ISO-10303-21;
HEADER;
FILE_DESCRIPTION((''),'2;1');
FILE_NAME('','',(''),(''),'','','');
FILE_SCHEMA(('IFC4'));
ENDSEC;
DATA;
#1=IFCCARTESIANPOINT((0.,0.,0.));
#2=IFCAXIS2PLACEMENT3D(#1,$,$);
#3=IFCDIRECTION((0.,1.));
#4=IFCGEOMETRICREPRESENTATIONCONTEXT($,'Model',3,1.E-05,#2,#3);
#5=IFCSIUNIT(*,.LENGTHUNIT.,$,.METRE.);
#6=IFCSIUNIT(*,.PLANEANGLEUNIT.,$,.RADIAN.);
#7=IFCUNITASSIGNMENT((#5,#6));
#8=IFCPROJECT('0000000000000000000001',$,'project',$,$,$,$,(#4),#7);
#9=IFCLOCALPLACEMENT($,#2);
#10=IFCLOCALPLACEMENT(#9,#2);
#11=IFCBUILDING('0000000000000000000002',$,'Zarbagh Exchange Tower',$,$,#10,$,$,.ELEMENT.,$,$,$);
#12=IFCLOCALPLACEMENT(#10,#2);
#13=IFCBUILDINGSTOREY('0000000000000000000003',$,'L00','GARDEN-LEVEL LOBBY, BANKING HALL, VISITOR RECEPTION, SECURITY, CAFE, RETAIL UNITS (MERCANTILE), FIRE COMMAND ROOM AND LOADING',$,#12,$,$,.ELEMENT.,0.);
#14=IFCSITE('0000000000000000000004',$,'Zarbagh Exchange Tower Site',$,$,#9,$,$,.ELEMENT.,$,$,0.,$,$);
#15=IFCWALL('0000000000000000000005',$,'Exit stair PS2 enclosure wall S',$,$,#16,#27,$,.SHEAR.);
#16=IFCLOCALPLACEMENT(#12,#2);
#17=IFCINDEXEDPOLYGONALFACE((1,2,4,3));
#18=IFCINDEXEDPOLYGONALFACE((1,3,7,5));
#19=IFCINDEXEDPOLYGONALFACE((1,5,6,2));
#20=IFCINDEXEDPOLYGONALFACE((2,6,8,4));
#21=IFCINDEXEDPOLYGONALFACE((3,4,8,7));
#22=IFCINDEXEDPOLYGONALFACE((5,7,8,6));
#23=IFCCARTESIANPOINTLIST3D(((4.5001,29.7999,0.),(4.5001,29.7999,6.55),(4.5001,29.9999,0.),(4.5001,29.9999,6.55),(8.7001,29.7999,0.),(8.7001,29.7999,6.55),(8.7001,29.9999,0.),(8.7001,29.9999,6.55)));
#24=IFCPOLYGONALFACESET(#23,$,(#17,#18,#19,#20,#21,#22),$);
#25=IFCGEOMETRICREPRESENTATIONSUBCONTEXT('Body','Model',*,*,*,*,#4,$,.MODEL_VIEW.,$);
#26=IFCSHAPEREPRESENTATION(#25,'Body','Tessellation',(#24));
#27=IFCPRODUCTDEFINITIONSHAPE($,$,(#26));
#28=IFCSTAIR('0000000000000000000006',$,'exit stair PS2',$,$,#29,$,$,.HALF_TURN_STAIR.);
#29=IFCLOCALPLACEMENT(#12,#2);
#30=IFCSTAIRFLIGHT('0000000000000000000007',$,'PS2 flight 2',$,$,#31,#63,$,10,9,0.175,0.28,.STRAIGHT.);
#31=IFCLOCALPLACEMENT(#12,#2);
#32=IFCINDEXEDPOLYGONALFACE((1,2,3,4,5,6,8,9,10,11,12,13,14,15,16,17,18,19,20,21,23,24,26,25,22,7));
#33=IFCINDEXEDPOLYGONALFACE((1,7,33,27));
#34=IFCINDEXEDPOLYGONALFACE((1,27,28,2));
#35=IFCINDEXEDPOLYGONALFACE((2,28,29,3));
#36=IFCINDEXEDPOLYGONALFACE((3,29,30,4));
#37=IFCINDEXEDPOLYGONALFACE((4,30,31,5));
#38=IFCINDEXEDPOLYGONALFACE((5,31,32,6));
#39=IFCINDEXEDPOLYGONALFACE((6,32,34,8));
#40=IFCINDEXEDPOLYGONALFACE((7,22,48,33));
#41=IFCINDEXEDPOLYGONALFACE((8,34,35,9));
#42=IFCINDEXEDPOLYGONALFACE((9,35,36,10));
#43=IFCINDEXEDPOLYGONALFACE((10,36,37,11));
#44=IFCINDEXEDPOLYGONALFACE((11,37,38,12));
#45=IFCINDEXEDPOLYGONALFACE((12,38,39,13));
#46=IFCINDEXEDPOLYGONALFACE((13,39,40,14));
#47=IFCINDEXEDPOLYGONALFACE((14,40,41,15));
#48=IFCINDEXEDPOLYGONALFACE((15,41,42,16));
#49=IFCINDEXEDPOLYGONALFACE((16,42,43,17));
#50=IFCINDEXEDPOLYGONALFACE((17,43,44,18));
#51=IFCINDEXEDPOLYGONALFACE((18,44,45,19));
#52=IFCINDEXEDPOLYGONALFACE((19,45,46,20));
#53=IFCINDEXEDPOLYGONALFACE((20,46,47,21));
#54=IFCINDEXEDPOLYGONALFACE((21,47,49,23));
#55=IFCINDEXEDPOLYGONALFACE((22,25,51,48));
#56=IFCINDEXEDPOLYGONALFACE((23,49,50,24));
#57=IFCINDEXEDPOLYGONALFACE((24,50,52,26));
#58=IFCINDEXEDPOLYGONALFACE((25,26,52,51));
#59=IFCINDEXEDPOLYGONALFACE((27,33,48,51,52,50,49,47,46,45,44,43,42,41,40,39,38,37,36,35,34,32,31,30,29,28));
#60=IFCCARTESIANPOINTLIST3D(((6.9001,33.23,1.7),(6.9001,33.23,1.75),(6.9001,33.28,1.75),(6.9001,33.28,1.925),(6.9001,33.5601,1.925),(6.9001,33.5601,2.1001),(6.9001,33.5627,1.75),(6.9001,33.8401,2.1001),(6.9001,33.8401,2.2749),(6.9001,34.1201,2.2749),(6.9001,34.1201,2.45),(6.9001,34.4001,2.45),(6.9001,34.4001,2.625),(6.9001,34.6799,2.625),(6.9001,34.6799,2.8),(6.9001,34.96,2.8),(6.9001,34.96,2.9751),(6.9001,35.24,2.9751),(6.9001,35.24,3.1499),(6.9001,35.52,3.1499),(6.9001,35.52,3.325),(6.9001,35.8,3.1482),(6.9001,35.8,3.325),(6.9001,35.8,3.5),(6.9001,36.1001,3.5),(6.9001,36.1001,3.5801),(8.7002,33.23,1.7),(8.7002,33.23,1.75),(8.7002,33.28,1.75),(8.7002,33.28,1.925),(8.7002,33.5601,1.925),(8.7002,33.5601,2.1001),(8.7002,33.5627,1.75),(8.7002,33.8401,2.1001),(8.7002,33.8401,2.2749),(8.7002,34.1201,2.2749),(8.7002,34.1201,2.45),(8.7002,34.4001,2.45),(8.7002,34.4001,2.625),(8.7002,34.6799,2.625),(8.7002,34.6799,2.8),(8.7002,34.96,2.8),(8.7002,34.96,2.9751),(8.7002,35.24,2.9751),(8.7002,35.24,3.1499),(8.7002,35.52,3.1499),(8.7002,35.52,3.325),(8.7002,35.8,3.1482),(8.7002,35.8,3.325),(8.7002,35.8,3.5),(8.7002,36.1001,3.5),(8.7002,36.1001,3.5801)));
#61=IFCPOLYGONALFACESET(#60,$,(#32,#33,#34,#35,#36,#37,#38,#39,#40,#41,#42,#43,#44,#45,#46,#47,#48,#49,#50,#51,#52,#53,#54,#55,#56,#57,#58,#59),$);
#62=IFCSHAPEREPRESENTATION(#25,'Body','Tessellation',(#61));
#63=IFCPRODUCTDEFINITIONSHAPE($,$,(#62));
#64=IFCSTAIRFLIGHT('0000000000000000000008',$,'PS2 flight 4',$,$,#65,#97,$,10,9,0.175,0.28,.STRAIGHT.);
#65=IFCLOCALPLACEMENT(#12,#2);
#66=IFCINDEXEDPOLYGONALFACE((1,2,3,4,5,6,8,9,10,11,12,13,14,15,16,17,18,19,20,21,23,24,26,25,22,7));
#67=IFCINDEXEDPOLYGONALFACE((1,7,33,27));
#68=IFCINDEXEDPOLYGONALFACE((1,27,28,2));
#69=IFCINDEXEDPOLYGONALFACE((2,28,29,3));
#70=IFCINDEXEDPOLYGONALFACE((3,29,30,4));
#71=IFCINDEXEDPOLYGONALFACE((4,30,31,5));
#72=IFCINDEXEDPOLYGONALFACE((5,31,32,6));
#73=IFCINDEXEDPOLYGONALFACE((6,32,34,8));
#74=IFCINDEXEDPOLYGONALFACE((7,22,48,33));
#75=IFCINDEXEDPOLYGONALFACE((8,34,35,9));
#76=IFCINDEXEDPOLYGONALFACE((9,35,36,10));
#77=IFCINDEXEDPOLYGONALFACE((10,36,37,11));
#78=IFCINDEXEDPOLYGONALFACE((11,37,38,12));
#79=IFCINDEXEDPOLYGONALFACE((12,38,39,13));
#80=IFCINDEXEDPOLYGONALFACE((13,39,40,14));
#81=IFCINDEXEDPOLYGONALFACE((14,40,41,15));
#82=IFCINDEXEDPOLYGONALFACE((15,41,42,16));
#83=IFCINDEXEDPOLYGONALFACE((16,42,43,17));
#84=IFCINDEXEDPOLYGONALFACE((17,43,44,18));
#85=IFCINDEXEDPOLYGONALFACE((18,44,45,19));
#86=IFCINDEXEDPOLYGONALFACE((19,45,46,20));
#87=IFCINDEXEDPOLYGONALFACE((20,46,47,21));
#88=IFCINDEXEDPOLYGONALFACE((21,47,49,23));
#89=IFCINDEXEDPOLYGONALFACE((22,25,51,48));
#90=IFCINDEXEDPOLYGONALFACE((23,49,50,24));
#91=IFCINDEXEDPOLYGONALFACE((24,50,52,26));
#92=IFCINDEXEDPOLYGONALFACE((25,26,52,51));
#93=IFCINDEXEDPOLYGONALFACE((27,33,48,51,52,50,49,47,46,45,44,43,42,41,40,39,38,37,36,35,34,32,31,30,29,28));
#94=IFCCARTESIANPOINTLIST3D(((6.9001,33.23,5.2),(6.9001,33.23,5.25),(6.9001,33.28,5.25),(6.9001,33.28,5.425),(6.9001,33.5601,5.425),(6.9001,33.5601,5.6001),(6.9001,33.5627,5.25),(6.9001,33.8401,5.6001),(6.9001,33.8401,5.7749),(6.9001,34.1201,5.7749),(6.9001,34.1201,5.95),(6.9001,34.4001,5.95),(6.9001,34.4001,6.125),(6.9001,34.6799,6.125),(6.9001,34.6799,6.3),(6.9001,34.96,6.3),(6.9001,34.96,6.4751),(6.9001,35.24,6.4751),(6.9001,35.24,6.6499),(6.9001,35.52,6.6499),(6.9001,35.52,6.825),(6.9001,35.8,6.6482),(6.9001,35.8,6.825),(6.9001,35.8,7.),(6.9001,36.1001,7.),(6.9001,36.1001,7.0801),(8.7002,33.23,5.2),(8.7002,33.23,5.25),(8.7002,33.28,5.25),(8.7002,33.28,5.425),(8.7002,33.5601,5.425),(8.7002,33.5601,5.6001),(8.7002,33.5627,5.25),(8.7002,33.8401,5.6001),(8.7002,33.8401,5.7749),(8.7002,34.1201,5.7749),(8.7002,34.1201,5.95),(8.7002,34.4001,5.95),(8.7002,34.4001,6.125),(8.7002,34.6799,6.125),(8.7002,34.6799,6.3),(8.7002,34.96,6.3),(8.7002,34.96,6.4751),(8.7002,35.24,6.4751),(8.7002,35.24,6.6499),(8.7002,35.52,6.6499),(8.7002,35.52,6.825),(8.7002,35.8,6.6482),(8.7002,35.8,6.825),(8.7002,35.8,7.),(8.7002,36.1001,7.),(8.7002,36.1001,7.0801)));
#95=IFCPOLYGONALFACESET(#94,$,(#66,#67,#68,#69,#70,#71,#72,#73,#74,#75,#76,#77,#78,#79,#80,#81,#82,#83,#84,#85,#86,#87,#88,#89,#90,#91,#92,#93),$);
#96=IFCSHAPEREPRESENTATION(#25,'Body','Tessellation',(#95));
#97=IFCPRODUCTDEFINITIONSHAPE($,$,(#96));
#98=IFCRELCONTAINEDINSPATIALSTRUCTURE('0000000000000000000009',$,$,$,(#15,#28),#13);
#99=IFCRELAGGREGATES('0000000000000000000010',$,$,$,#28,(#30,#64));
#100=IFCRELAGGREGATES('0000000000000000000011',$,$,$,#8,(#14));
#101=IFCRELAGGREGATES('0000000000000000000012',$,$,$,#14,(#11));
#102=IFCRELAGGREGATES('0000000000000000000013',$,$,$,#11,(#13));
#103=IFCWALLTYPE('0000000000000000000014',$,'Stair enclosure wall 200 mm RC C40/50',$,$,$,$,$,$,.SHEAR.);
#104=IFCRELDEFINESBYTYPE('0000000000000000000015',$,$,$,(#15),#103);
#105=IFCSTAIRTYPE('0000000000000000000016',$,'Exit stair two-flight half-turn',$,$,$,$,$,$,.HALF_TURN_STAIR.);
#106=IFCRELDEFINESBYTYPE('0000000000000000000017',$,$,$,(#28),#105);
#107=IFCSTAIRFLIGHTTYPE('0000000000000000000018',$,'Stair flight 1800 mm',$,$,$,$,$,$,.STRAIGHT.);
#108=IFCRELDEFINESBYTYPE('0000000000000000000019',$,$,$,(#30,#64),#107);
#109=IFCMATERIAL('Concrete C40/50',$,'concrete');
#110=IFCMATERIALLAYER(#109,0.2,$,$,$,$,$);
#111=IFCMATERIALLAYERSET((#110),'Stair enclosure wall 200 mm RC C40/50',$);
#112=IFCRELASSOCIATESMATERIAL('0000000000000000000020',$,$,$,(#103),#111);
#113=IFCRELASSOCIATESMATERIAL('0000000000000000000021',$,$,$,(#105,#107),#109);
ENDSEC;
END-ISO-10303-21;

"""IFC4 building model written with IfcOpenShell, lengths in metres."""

from ifc_helpers import new_model, si_unit, direction, frame, frame_2d, origin, place, context, subcontext, project, spatial, polyline, rectangle, outline, extrude, material, layer, layer_set, type_object, element, aggregate, save


model = new_model("IFC4")

# Units and contexts
model_context = context("Model", 3, precision=1e-05, world=origin(), true_north=direction((0.0, 1.0)))
body_context = subcontext(model_context, "Body", "Model", "MODEL_VIEW")
ifc_project = project(units=[si_unit("LENGTHUNIT", "METRE"), si_unit("PLANEANGLEUNIT", "RADIAN")], contexts=[model_context])

# Site, building, storey
site_placement = place(None, origin())
site = spatial("IfcSite", under=ifc_project, at=site_placement, Name="Zarbagh Exchange Tower Site", CompositionType="ELEMENT", RefElevation=0.0)
building_placement = place(site_placement, origin())
building = spatial("IfcBuilding", under=site, at=building_placement, Name="Zarbagh Exchange Tower", CompositionType="ELEMENT")
storey_placement = place(building_placement, origin())
storey = spatial("IfcBuildingStorey", under=building, at=storey_placement, Name="L00", Description="GARDEN-LEVEL LOBBY, BANKING HALL, VISITOR RECEPTION, SECURITY, CAFE, RETAIL UNITS (MERCANTILE), FIRE COMMAND ROOM AND LOADING", CompositionType="ELEMENT", Elevation=0.0)

# Shared definitions
ifc_material_1 = material(Name="Concrete C40/50", Category="concrete")
ifc_layer_1 = layer(ifc_material_1, 0.2)
ifc_layer_set_1 = layer_set([ifc_layer_1], Name="Stair enclosure wall 200 mm RC C40/50")
wall_type_1 = type_object("IfcWallType", Name="Stair enclosure wall 200 mm RC C40/50", PredefinedType="SHEAR", material=ifc_layer_set_1)

# Wall
wall_1_placement = place(storey_placement, frame((4.5, 29.8999, 0.0), z_axis=(0.0, 0.0, 1.0), x_axis=(1.0, 0.0, 0.0)))
element("IfcWall", 1, at=wall_1_placement, inside=storey, type_object=wall_type_1, Name="Exit stair PS2 enclosure wall S", PredefinedType="SHEAR", context=body_context, shape_type="SweptSolid", body=[
    extrude(rectangle(XDim=4.2, YDim=0.2, at=frame_2d((2.1001, 0.0))), origin(), (0.0, 0.0, 1.0), 6.55),
])

# Stair, stair flights
stair_type = type_object("IfcStairType", Name="Exit stair two-flight half-turn", PredefinedType="HALF_TURN_STAIR", material=ifc_material_1)
stair_placement = place(storey_placement, origin())
stair = element("IfcStair", 2, at=stair_placement, inside=storey, type_object=stair_type, Name="exit stair PS2", PredefinedType="HALF_TURN_STAIR")
stair_flight_type = type_object("IfcStairFlightType", Name="Stair flight 1800 mm", PredefinedType="STRAIGHT", material=ifc_material_1)
stair_flight_1_placement = place(storey_placement, frame((7.8, 33.28, 1.75), z_axis=(0.0, 0.0, 1.0), x_axis=(0.0, 1.0, 0.0)))
stair_flight_1 = element("IfcStairFlight", 3, at=stair_flight_1_placement, type_object=stair_flight_type, Name="PS2 flight 2", NumberOfRisers=10, NumberOfTreads=9, PredefinedType="STRAIGHT", RiserHeight=0.175, TreadLength=0.28, context=body_context, shape_type="SweptSolid", body=[
    extrude(outline(polyline([(-0.05, -0.05), (-0.05, 0.0), (0.0, 0.0), (0.0, 0.175), (0.28, 0.175), (0.28, 0.3501), (0.5601, 0.3501), (0.5601, 0.5249), (0.8401, 0.5249), (0.8401, 0.7), (1.1201, 0.7), (1.1201, 0.875), (1.3999, 0.875), (1.3999, 1.05), (1.6799, 1.05), (1.6799, 1.2251), (1.96, 1.2251), (1.96, 1.3999), (2.24, 1.3999), (2.24, 1.575), (2.52, 1.575), (2.52, 1.75), (2.8201, 1.8301), (2.8201, 1.75), (2.52, 1.3982), (0.2827, 0.0), (-0.05, -0.05)])), frame((0.0, 0.8999, 0.0), z_axis=(0.0, -1.0, 0.0), x_axis=(1.0, 0.0, 0.0)), (0.0, 0.0, 1.0), 1.8),
])
stair_flight_2_placement = place(storey_placement, frame((7.8, 33.28, 5.25), z_axis=(0.0, 0.0, 1.0), x_axis=(0.0, 1.0, 0.0)))
stair_flight_2 = element("IfcStairFlight", 4, at=stair_flight_2_placement, type_object=stair_flight_type, Name="PS2 flight 4", NumberOfRisers=10, NumberOfTreads=9, PredefinedType="STRAIGHT", RiserHeight=0.175, TreadLength=0.28, context=body_context, shape_type="SweptSolid", body=[
    extrude(outline(polyline([(-0.05, -0.05), (-0.05, 0.0), (0.0, 0.0), (0.0, 0.175), (0.28, 0.175), (0.28, 0.3501), (0.5601, 0.3501), (0.5601, 0.5249), (0.8401, 0.5249), (0.8401, 0.7), (1.1201, 0.7), (1.1201, 0.875), (1.3999, 0.875), (1.3999, 1.05), (1.6799, 1.05), (1.6799, 1.2251), (1.96, 1.2251), (1.96, 1.3999), (2.24, 1.3999), (2.24, 1.575), (2.52, 1.575), (2.52, 1.75), (2.8201, 1.8301), (2.8201, 1.75), (2.52, 1.3982), (0.2827, 0.0), (-0.05, -0.05)])), frame((0.0, 0.8999, 0.0), z_axis=(0.0, -1.0, 0.0), x_axis=(1.0, 0.0, 0.0)), (0.0, 0.0, 1.0), 1.8),
])
aggregate(stair, [stair_flight_1, stair_flight_2])

save(model, "model.ifc")
